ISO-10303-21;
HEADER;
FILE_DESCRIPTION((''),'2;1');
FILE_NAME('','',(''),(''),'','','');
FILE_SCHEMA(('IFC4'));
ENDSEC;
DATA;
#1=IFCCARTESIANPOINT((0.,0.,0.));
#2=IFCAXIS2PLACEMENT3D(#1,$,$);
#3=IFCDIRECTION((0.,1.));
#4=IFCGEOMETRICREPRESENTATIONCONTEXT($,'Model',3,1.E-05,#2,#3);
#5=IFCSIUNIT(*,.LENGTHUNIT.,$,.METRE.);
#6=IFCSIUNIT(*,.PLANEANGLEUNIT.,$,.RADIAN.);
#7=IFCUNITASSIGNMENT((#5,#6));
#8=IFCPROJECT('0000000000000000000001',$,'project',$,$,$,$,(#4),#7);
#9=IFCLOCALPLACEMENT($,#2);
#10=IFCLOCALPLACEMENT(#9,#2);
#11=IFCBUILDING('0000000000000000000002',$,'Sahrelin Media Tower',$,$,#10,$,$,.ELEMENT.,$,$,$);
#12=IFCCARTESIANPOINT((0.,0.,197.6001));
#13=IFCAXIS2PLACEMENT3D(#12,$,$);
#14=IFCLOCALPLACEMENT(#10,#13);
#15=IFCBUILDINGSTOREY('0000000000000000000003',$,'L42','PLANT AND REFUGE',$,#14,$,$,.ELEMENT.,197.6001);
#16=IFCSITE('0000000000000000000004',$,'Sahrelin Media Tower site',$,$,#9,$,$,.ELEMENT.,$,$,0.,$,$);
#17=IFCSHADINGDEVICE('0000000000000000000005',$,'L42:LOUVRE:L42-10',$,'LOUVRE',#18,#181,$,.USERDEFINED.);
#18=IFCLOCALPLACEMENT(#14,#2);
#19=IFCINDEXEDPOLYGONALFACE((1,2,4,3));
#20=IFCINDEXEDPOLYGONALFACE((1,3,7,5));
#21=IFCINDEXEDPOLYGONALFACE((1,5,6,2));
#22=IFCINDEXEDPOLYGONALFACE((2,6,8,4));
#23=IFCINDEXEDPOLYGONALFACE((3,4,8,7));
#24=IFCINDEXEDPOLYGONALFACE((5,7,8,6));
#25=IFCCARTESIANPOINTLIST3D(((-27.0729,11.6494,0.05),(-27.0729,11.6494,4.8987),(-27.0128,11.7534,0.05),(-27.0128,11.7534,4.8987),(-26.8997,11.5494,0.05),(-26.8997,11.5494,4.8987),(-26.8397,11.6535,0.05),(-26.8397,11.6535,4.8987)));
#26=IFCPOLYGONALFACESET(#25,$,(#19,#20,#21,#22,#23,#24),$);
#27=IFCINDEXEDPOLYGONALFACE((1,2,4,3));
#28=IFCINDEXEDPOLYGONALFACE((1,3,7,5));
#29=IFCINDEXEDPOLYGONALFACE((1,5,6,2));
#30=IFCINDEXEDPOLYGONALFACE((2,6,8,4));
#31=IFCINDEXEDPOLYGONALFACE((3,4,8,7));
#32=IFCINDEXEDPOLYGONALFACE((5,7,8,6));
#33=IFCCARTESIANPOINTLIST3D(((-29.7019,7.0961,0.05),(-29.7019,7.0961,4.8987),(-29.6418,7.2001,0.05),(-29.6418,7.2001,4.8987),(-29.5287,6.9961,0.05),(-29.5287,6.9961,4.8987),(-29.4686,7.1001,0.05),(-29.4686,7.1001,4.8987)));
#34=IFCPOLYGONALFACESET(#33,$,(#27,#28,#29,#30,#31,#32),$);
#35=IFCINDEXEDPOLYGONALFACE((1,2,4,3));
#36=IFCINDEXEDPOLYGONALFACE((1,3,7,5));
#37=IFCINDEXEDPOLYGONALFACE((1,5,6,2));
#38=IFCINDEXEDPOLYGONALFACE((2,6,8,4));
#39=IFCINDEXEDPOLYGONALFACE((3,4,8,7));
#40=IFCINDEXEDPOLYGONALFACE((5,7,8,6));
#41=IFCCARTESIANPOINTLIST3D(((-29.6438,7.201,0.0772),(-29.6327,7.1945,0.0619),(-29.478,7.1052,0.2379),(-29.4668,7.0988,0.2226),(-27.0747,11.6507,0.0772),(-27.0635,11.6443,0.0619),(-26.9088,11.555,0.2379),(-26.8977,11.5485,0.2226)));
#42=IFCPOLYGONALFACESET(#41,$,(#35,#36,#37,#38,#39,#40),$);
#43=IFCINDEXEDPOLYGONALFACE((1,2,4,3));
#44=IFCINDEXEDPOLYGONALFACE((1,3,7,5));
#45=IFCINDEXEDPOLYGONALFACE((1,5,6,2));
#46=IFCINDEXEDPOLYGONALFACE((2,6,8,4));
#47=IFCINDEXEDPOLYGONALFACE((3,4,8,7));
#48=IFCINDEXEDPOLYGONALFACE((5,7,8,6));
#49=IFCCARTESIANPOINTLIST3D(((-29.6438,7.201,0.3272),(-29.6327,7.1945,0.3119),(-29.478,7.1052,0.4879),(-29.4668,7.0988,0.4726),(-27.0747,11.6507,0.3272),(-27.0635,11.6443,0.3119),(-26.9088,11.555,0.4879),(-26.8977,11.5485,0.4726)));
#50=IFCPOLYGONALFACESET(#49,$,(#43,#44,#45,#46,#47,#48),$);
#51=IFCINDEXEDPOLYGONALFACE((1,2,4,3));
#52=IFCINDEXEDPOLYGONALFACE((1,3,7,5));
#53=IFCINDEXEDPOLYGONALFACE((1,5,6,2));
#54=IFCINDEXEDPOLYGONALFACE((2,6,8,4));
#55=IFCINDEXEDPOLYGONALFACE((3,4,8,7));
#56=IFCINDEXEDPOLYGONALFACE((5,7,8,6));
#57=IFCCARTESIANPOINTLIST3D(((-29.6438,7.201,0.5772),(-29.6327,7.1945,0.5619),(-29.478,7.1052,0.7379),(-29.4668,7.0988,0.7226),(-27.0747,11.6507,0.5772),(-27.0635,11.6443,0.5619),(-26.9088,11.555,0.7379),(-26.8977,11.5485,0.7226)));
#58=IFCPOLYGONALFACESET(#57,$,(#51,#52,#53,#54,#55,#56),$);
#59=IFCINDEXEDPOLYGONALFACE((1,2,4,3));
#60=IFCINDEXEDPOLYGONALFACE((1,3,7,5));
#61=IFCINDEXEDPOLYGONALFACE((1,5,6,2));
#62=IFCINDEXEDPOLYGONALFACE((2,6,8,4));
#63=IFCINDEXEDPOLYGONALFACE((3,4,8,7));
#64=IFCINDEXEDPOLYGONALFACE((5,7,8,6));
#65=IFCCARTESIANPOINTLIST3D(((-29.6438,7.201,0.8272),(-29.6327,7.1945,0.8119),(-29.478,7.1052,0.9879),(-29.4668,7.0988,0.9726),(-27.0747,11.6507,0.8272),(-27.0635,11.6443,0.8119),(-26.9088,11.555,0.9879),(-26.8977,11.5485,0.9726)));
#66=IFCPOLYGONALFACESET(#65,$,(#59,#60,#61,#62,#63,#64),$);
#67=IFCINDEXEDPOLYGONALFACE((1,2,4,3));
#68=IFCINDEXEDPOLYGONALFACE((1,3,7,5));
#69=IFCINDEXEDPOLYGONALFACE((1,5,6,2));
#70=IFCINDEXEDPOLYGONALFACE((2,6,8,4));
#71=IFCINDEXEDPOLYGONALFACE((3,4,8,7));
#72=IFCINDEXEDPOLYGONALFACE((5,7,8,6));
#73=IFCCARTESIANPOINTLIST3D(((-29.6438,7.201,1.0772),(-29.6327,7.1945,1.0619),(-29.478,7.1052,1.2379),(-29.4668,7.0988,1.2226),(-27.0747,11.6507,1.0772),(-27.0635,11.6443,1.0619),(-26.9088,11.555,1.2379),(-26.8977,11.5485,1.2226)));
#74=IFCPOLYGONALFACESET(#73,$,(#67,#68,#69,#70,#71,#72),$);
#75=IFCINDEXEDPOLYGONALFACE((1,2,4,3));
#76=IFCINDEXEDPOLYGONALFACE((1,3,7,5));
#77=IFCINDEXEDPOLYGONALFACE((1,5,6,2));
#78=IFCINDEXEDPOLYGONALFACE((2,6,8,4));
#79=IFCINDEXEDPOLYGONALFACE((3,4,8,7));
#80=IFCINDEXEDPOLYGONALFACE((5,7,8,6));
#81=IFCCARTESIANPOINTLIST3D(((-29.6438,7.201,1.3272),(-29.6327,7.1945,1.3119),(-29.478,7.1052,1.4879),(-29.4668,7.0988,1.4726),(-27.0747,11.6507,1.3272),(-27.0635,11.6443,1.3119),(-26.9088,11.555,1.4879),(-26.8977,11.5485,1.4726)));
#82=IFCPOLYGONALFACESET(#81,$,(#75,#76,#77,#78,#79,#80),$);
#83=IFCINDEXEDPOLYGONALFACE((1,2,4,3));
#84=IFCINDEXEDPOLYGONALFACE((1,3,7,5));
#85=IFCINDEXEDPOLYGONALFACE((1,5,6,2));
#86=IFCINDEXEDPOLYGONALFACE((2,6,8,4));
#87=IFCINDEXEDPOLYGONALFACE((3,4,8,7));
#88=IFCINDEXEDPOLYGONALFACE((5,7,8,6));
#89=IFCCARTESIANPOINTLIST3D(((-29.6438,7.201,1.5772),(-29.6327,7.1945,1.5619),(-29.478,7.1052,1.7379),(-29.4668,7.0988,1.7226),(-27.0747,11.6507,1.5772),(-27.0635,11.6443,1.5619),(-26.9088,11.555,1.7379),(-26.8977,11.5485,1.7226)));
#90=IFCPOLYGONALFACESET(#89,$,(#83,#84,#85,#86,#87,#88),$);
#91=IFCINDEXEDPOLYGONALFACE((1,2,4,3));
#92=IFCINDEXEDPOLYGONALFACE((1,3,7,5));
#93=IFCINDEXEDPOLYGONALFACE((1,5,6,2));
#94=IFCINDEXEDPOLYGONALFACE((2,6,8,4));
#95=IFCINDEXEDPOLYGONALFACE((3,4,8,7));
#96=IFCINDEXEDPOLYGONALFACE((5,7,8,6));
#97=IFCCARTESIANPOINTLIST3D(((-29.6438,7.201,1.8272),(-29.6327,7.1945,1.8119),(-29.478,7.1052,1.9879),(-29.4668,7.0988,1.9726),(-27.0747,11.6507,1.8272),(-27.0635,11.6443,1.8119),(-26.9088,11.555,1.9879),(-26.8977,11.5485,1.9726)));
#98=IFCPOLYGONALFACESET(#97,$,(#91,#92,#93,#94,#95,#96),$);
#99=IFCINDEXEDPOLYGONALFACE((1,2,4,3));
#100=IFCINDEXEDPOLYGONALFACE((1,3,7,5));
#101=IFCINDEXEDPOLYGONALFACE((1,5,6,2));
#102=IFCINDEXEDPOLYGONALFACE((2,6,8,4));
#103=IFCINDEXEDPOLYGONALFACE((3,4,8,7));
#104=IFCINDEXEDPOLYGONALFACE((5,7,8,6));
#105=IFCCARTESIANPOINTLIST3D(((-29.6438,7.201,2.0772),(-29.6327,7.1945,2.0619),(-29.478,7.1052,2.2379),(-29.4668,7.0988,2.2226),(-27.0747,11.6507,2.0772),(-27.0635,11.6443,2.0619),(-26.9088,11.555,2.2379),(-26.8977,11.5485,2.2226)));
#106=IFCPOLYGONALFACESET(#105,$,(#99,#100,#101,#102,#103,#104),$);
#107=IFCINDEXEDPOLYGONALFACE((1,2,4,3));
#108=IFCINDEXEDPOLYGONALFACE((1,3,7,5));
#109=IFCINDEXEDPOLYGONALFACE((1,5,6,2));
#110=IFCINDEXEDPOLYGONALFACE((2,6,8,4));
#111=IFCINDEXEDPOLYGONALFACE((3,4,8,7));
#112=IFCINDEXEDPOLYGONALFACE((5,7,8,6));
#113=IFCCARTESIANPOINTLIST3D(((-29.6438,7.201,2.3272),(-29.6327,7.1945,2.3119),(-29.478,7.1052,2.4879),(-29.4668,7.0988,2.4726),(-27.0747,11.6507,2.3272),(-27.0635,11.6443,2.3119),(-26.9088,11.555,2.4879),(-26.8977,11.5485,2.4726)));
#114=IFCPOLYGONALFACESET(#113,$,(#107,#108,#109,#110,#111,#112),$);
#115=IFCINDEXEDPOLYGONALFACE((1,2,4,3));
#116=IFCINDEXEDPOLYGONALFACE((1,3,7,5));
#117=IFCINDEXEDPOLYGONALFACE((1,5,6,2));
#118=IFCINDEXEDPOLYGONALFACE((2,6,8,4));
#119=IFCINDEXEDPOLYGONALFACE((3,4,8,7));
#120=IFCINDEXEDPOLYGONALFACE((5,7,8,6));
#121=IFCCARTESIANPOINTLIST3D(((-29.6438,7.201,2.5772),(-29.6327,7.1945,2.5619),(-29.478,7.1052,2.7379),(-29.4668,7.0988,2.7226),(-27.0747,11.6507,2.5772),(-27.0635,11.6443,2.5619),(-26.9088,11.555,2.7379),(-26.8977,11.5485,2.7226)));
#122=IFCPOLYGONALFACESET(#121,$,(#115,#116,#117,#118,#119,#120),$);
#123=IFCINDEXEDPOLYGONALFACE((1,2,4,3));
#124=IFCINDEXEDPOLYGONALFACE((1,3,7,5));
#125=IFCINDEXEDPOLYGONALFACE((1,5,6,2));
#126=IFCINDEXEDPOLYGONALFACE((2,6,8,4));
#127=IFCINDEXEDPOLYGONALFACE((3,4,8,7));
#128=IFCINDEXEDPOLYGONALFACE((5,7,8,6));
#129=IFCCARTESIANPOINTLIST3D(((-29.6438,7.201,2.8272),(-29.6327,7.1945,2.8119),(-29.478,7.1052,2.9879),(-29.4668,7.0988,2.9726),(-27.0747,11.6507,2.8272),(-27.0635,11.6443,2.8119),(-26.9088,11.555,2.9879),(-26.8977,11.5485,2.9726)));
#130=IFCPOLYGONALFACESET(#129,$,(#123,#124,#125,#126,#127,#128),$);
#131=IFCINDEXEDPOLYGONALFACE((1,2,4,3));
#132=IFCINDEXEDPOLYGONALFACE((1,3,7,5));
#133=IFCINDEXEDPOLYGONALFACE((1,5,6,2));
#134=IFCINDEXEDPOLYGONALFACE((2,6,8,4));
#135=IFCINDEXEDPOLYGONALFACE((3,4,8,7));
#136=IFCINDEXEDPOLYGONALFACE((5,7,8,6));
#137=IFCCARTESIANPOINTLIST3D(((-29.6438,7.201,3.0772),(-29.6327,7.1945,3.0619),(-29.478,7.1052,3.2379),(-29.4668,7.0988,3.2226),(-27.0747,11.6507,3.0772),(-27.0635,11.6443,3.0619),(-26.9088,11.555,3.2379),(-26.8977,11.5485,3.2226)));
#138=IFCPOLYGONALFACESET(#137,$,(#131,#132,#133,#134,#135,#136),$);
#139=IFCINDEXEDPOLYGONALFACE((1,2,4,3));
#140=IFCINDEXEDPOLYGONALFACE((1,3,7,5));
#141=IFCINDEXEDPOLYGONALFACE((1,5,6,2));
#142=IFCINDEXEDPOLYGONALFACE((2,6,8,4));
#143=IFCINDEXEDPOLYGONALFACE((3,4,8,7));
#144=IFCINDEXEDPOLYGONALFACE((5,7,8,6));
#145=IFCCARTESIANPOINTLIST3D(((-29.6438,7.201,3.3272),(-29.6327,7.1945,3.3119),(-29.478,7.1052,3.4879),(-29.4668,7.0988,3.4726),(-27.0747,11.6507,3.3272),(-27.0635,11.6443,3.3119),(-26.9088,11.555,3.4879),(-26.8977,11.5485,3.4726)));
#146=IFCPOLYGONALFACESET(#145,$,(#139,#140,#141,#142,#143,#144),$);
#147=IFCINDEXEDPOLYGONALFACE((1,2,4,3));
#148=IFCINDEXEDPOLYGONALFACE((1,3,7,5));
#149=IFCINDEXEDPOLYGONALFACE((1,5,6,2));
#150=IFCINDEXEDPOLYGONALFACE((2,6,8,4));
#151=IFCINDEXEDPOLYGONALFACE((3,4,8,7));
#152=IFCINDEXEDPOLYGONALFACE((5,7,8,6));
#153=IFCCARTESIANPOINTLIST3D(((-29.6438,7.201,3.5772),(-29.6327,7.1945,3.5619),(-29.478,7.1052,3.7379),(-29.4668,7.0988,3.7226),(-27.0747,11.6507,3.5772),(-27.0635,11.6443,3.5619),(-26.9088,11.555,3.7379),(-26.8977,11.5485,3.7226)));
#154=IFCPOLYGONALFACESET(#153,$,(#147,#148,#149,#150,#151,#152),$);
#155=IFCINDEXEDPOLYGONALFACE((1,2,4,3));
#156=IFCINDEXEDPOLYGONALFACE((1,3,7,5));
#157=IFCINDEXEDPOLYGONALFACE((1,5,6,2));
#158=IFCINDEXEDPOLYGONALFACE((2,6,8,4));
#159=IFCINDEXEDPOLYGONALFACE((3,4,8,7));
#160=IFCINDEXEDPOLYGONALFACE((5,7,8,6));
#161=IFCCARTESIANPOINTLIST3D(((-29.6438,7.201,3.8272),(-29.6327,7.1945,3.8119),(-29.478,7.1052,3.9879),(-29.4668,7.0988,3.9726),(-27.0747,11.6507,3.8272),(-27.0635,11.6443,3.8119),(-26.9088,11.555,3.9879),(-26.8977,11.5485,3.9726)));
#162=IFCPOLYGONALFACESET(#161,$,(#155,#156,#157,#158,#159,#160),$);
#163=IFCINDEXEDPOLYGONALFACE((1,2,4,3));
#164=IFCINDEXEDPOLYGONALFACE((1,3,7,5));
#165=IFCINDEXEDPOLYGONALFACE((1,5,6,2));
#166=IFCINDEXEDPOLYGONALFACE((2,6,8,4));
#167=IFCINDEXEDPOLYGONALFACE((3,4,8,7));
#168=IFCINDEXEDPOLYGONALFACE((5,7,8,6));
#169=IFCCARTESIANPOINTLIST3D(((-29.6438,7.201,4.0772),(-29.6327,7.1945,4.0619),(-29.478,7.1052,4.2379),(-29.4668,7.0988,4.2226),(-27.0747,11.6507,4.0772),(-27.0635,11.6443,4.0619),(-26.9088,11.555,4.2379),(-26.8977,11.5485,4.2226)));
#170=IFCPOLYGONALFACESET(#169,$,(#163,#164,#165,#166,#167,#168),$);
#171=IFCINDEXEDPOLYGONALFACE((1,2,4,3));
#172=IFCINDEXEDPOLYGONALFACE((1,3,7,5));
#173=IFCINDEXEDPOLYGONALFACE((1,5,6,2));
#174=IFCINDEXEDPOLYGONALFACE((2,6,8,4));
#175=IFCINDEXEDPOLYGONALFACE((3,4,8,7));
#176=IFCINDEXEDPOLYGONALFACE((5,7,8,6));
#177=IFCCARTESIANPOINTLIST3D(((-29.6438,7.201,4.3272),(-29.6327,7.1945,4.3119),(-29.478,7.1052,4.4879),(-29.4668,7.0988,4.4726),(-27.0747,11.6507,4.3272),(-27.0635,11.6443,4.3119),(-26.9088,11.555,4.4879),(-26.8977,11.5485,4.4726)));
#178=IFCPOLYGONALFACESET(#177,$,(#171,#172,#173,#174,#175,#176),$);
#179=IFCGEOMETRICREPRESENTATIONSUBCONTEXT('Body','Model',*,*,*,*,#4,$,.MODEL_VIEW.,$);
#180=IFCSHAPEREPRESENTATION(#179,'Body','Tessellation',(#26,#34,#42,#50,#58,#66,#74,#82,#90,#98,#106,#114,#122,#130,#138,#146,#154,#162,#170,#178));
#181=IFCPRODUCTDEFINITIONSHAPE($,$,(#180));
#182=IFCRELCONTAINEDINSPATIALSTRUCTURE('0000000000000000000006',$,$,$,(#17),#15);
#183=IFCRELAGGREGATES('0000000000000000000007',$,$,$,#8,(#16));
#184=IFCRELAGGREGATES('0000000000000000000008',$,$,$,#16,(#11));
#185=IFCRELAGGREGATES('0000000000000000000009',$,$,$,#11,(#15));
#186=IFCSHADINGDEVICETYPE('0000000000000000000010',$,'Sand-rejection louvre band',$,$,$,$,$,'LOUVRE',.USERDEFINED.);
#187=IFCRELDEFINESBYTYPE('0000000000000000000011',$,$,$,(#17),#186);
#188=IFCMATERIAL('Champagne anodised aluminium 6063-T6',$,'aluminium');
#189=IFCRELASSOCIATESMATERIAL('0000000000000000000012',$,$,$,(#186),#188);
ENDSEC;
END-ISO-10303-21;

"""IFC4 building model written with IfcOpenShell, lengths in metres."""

from ifc_helpers import new_model, si_unit, direction, frame, origin, origin_2d, place, context, subcontext, project, spatial, rectangle, extrude, material, type_object, element, save


model = new_model("IFC4")

# Units and contexts
model_context = context("Model", 3, precision=1e-05, world=origin(), true_north=direction((0.0, 1.0)))
body_context = subcontext(model_context, "Body", "Model", "MODEL_VIEW")
ifc_project = project(units=[si_unit("LENGTHUNIT", "METRE"), si_unit("PLANEANGLEUNIT", "RADIAN")], contexts=[model_context])

# Site, building, storey
site_placement = place(None, origin())
site = spatial("IfcSite", under=ifc_project, at=site_placement, Name="Sahrelin Media Tower site", CompositionType="ELEMENT", RefElevation=0.0)
building_placement = place(site_placement, origin())
building = spatial("IfcBuilding", under=site, at=building_placement, Name="Sahrelin Media Tower", CompositionType="ELEMENT")
storey_placement = place(building_placement, frame((0.0, 0.0, 197.6001)))
storey = spatial("IfcBuildingStorey", under=building, at=storey_placement, Name="L42", Description="PLANT AND REFUGE", CompositionType="ELEMENT", Elevation=197.6001)

# Shading device
ifc_material_1 = material(Name="Champagne anodised aluminium 6063-T6", Category="aluminium")
shading_device_type = type_object("IfcShadingDeviceType", Name="Sand-rejection louvre band", ElementType="LOUVRE", PredefinedType="USERDEFINED", material=ifc_material_1)
shading_device_1_placement = place(storey_placement, frame((-28.1841, 9.3247, 0.0), z_axis=(0.0, 0.0, 1.0), x_axis=(0.500011, 0.866019, 0.0)))
element("IfcShadingDevice", 1, at=shading_device_1_placement, inside=storey, type_object=shading_device_type, Name="L42:LOUVRE:L42-10", ObjectType="LOUVRE", PredefinedType="USERDEFINED", context=body_context, shape_type="SweptSolid", body=[
    extrude(rectangle(XDim=0.1201, YDim=0.2, at=origin_2d()), frame((2.6289, 0.1001, 0.05), z_axis=(0.0, 0.0, 1.0), x_axis=(1.0, 0.0, 0.0)), (0.0, 0.0, 1.0), 4.8486),
    extrude(rectangle(XDim=0.1201, YDim=0.2, at=origin_2d()), frame((-2.6289, 0.1001, 0.05), z_axis=(0.0, 0.0, 1.0), x_axis=(1.0, 0.0, 0.0)), (0.0, 0.0, 1.0), 4.8486),
    extrude(rectangle(XDim=0.25, YDim=0.02, at=origin_2d()), frame((2.5691, 0.1001, 0.1499), z_axis=(-1.0, 0.0, 0.0), x_axis=(0.0, -0.766044, 0.642788)), (0.0, 0.0, 1.0), 5.1382),
    extrude(rectangle(XDim=0.25, YDim=0.02, at=origin_2d()), frame((2.5691, 0.1001, 0.3999), z_axis=(-1.0, 0.0, 0.0), x_axis=(0.0, -0.766044, 0.642788)), (0.0, 0.0, 1.0), 5.1382),
    extrude(rectangle(XDim=0.25, YDim=0.02, at=origin_2d()), frame((2.5691, 0.1001, 0.6499), z_axis=(-1.0, 0.0, 0.0), x_axis=(0.0, -0.766044, 0.642788)), (0.0, 0.0, 1.0), 5.1382),
    extrude(rectangle(XDim=0.25, YDim=0.02, at=origin_2d()), frame((2.5691, 0.1001, 0.8999), z_axis=(-1.0, 0.0, 0.0), x_axis=(0.0, -0.766044, 0.642788)), (0.0, 0.0, 1.0), 5.1382),
    extrude(rectangle(XDim=0.25, YDim=0.02, at=origin_2d()), frame((2.5691, 0.1001, 1.1499), z_axis=(-1.0, 0.0, 0.0), x_axis=(0.0, -0.766044, 0.642788)), (0.0, 0.0, 1.0), 5.1382),
    extrude(rectangle(XDim=0.25, YDim=0.02, at=origin_2d()), frame((2.5691, 0.1001, 1.3999), z_axis=(-1.0, 0.0, 0.0), x_axis=(0.0, -0.766044, 0.642788)), (0.0, 0.0, 1.0), 5.1382),
    extrude(rectangle(XDim=0.25, YDim=0.02, at=origin_2d()), frame((2.5691, 0.1001, 1.6499), z_axis=(-1.0, 0.0, 0.0), x_axis=(0.0, -0.766044, 0.642788)), (0.0, 0.0, 1.0), 5.1382),
    extrude(rectangle(XDim=0.25, YDim=0.02, at=origin_2d()), frame((2.5691, 0.1001, 1.8999), z_axis=(-1.0, 0.0, 0.0), x_axis=(0.0, -0.766044, 0.642788)), (0.0, 0.0, 1.0), 5.1382),
    extrude(rectangle(XDim=0.25, YDim=0.02, at=origin_2d()), frame((2.5691, 0.1001, 2.1499), z_axis=(-1.0, 0.0, 0.0), x_axis=(0.0, -0.766044, 0.642788)), (0.0, 0.0, 1.0), 5.1382),
    extrude(rectangle(XDim=0.25, YDim=0.02, at=origin_2d()), frame((2.5691, 0.1001, 2.3999), z_axis=(-1.0, 0.0, 0.0), x_axis=(0.0, -0.766044, 0.642788)), (0.0, 0.0, 1.0), 5.1382),
    extrude(rectangle(XDim=0.25, YDim=0.02, at=origin_2d()), frame((2.5691, 0.1001, 2.6499), z_axis=(-1.0, 0.0, 0.0), x_axis=(0.0, -0.766044, 0.642788)), (0.0, 0.0, 1.0), 5.1382),
    extrude(rectangle(XDim=0.25, YDim=0.02, at=origin_2d()), frame((2.5691, 0.1001, 2.8999), z_axis=(-1.0, 0.0, 0.0), x_axis=(0.0, -0.766044, 0.642788)), (0.0, 0.0, 1.0), 5.1382),
    extrude(rectangle(XDim=0.25, YDim=0.02, at=origin_2d()), frame((2.5691, 0.1001, 3.1499), z_axis=(-1.0, 0.0, 0.0), x_axis=(0.0, -0.766044, 0.642788)), (0.0, 0.0, 1.0), 5.1382),
    extrude(rectangle(XDim=0.25, YDim=0.02, at=origin_2d()), frame((2.5691, 0.1001, 3.3999), z_axis=(-1.0, 0.0, 0.0), x_axis=(0.0, -0.766044, 0.642788)), (0.0, 0.0, 1.0), 5.1382),
    extrude(rectangle(XDim=0.25, YDim=0.02, at=origin_2d()), frame((2.5691, 0.1001, 3.6499), z_axis=(-1.0, 0.0, 0.0), x_axis=(0.0, -0.766044, 0.642788)), (0.0, 0.0, 1.0), 5.1382),
    extrude(rectangle(XDim=0.25, YDim=0.02, at=origin_2d()), frame((2.5691, 0.1001, 3.8999), z_axis=(-1.0, 0.0, 0.0), x_axis=(0.0, -0.766044, 0.642788)), (0.0, 0.0, 1.0), 5.1382),
    extrude(rectangle(XDim=0.25, YDim=0.02, at=origin_2d()), frame((2.5691, 0.1001, 4.1499), z_axis=(-1.0, 0.0, 0.0), x_axis=(0.0, -0.766044, 0.642788)), (0.0, 0.0, 1.0), 5.1382),
    extrude(rectangle(XDim=0.25, YDim=0.02, at=origin_2d()), frame((2.5691, 0.1001, 4.3999), z_axis=(-1.0, 0.0, 0.0), x_axis=(0.0, -0.766044, 0.642788)), (0.0, 0.0, 1.0), 5.1382),
])

save(model, "model.ifc")
